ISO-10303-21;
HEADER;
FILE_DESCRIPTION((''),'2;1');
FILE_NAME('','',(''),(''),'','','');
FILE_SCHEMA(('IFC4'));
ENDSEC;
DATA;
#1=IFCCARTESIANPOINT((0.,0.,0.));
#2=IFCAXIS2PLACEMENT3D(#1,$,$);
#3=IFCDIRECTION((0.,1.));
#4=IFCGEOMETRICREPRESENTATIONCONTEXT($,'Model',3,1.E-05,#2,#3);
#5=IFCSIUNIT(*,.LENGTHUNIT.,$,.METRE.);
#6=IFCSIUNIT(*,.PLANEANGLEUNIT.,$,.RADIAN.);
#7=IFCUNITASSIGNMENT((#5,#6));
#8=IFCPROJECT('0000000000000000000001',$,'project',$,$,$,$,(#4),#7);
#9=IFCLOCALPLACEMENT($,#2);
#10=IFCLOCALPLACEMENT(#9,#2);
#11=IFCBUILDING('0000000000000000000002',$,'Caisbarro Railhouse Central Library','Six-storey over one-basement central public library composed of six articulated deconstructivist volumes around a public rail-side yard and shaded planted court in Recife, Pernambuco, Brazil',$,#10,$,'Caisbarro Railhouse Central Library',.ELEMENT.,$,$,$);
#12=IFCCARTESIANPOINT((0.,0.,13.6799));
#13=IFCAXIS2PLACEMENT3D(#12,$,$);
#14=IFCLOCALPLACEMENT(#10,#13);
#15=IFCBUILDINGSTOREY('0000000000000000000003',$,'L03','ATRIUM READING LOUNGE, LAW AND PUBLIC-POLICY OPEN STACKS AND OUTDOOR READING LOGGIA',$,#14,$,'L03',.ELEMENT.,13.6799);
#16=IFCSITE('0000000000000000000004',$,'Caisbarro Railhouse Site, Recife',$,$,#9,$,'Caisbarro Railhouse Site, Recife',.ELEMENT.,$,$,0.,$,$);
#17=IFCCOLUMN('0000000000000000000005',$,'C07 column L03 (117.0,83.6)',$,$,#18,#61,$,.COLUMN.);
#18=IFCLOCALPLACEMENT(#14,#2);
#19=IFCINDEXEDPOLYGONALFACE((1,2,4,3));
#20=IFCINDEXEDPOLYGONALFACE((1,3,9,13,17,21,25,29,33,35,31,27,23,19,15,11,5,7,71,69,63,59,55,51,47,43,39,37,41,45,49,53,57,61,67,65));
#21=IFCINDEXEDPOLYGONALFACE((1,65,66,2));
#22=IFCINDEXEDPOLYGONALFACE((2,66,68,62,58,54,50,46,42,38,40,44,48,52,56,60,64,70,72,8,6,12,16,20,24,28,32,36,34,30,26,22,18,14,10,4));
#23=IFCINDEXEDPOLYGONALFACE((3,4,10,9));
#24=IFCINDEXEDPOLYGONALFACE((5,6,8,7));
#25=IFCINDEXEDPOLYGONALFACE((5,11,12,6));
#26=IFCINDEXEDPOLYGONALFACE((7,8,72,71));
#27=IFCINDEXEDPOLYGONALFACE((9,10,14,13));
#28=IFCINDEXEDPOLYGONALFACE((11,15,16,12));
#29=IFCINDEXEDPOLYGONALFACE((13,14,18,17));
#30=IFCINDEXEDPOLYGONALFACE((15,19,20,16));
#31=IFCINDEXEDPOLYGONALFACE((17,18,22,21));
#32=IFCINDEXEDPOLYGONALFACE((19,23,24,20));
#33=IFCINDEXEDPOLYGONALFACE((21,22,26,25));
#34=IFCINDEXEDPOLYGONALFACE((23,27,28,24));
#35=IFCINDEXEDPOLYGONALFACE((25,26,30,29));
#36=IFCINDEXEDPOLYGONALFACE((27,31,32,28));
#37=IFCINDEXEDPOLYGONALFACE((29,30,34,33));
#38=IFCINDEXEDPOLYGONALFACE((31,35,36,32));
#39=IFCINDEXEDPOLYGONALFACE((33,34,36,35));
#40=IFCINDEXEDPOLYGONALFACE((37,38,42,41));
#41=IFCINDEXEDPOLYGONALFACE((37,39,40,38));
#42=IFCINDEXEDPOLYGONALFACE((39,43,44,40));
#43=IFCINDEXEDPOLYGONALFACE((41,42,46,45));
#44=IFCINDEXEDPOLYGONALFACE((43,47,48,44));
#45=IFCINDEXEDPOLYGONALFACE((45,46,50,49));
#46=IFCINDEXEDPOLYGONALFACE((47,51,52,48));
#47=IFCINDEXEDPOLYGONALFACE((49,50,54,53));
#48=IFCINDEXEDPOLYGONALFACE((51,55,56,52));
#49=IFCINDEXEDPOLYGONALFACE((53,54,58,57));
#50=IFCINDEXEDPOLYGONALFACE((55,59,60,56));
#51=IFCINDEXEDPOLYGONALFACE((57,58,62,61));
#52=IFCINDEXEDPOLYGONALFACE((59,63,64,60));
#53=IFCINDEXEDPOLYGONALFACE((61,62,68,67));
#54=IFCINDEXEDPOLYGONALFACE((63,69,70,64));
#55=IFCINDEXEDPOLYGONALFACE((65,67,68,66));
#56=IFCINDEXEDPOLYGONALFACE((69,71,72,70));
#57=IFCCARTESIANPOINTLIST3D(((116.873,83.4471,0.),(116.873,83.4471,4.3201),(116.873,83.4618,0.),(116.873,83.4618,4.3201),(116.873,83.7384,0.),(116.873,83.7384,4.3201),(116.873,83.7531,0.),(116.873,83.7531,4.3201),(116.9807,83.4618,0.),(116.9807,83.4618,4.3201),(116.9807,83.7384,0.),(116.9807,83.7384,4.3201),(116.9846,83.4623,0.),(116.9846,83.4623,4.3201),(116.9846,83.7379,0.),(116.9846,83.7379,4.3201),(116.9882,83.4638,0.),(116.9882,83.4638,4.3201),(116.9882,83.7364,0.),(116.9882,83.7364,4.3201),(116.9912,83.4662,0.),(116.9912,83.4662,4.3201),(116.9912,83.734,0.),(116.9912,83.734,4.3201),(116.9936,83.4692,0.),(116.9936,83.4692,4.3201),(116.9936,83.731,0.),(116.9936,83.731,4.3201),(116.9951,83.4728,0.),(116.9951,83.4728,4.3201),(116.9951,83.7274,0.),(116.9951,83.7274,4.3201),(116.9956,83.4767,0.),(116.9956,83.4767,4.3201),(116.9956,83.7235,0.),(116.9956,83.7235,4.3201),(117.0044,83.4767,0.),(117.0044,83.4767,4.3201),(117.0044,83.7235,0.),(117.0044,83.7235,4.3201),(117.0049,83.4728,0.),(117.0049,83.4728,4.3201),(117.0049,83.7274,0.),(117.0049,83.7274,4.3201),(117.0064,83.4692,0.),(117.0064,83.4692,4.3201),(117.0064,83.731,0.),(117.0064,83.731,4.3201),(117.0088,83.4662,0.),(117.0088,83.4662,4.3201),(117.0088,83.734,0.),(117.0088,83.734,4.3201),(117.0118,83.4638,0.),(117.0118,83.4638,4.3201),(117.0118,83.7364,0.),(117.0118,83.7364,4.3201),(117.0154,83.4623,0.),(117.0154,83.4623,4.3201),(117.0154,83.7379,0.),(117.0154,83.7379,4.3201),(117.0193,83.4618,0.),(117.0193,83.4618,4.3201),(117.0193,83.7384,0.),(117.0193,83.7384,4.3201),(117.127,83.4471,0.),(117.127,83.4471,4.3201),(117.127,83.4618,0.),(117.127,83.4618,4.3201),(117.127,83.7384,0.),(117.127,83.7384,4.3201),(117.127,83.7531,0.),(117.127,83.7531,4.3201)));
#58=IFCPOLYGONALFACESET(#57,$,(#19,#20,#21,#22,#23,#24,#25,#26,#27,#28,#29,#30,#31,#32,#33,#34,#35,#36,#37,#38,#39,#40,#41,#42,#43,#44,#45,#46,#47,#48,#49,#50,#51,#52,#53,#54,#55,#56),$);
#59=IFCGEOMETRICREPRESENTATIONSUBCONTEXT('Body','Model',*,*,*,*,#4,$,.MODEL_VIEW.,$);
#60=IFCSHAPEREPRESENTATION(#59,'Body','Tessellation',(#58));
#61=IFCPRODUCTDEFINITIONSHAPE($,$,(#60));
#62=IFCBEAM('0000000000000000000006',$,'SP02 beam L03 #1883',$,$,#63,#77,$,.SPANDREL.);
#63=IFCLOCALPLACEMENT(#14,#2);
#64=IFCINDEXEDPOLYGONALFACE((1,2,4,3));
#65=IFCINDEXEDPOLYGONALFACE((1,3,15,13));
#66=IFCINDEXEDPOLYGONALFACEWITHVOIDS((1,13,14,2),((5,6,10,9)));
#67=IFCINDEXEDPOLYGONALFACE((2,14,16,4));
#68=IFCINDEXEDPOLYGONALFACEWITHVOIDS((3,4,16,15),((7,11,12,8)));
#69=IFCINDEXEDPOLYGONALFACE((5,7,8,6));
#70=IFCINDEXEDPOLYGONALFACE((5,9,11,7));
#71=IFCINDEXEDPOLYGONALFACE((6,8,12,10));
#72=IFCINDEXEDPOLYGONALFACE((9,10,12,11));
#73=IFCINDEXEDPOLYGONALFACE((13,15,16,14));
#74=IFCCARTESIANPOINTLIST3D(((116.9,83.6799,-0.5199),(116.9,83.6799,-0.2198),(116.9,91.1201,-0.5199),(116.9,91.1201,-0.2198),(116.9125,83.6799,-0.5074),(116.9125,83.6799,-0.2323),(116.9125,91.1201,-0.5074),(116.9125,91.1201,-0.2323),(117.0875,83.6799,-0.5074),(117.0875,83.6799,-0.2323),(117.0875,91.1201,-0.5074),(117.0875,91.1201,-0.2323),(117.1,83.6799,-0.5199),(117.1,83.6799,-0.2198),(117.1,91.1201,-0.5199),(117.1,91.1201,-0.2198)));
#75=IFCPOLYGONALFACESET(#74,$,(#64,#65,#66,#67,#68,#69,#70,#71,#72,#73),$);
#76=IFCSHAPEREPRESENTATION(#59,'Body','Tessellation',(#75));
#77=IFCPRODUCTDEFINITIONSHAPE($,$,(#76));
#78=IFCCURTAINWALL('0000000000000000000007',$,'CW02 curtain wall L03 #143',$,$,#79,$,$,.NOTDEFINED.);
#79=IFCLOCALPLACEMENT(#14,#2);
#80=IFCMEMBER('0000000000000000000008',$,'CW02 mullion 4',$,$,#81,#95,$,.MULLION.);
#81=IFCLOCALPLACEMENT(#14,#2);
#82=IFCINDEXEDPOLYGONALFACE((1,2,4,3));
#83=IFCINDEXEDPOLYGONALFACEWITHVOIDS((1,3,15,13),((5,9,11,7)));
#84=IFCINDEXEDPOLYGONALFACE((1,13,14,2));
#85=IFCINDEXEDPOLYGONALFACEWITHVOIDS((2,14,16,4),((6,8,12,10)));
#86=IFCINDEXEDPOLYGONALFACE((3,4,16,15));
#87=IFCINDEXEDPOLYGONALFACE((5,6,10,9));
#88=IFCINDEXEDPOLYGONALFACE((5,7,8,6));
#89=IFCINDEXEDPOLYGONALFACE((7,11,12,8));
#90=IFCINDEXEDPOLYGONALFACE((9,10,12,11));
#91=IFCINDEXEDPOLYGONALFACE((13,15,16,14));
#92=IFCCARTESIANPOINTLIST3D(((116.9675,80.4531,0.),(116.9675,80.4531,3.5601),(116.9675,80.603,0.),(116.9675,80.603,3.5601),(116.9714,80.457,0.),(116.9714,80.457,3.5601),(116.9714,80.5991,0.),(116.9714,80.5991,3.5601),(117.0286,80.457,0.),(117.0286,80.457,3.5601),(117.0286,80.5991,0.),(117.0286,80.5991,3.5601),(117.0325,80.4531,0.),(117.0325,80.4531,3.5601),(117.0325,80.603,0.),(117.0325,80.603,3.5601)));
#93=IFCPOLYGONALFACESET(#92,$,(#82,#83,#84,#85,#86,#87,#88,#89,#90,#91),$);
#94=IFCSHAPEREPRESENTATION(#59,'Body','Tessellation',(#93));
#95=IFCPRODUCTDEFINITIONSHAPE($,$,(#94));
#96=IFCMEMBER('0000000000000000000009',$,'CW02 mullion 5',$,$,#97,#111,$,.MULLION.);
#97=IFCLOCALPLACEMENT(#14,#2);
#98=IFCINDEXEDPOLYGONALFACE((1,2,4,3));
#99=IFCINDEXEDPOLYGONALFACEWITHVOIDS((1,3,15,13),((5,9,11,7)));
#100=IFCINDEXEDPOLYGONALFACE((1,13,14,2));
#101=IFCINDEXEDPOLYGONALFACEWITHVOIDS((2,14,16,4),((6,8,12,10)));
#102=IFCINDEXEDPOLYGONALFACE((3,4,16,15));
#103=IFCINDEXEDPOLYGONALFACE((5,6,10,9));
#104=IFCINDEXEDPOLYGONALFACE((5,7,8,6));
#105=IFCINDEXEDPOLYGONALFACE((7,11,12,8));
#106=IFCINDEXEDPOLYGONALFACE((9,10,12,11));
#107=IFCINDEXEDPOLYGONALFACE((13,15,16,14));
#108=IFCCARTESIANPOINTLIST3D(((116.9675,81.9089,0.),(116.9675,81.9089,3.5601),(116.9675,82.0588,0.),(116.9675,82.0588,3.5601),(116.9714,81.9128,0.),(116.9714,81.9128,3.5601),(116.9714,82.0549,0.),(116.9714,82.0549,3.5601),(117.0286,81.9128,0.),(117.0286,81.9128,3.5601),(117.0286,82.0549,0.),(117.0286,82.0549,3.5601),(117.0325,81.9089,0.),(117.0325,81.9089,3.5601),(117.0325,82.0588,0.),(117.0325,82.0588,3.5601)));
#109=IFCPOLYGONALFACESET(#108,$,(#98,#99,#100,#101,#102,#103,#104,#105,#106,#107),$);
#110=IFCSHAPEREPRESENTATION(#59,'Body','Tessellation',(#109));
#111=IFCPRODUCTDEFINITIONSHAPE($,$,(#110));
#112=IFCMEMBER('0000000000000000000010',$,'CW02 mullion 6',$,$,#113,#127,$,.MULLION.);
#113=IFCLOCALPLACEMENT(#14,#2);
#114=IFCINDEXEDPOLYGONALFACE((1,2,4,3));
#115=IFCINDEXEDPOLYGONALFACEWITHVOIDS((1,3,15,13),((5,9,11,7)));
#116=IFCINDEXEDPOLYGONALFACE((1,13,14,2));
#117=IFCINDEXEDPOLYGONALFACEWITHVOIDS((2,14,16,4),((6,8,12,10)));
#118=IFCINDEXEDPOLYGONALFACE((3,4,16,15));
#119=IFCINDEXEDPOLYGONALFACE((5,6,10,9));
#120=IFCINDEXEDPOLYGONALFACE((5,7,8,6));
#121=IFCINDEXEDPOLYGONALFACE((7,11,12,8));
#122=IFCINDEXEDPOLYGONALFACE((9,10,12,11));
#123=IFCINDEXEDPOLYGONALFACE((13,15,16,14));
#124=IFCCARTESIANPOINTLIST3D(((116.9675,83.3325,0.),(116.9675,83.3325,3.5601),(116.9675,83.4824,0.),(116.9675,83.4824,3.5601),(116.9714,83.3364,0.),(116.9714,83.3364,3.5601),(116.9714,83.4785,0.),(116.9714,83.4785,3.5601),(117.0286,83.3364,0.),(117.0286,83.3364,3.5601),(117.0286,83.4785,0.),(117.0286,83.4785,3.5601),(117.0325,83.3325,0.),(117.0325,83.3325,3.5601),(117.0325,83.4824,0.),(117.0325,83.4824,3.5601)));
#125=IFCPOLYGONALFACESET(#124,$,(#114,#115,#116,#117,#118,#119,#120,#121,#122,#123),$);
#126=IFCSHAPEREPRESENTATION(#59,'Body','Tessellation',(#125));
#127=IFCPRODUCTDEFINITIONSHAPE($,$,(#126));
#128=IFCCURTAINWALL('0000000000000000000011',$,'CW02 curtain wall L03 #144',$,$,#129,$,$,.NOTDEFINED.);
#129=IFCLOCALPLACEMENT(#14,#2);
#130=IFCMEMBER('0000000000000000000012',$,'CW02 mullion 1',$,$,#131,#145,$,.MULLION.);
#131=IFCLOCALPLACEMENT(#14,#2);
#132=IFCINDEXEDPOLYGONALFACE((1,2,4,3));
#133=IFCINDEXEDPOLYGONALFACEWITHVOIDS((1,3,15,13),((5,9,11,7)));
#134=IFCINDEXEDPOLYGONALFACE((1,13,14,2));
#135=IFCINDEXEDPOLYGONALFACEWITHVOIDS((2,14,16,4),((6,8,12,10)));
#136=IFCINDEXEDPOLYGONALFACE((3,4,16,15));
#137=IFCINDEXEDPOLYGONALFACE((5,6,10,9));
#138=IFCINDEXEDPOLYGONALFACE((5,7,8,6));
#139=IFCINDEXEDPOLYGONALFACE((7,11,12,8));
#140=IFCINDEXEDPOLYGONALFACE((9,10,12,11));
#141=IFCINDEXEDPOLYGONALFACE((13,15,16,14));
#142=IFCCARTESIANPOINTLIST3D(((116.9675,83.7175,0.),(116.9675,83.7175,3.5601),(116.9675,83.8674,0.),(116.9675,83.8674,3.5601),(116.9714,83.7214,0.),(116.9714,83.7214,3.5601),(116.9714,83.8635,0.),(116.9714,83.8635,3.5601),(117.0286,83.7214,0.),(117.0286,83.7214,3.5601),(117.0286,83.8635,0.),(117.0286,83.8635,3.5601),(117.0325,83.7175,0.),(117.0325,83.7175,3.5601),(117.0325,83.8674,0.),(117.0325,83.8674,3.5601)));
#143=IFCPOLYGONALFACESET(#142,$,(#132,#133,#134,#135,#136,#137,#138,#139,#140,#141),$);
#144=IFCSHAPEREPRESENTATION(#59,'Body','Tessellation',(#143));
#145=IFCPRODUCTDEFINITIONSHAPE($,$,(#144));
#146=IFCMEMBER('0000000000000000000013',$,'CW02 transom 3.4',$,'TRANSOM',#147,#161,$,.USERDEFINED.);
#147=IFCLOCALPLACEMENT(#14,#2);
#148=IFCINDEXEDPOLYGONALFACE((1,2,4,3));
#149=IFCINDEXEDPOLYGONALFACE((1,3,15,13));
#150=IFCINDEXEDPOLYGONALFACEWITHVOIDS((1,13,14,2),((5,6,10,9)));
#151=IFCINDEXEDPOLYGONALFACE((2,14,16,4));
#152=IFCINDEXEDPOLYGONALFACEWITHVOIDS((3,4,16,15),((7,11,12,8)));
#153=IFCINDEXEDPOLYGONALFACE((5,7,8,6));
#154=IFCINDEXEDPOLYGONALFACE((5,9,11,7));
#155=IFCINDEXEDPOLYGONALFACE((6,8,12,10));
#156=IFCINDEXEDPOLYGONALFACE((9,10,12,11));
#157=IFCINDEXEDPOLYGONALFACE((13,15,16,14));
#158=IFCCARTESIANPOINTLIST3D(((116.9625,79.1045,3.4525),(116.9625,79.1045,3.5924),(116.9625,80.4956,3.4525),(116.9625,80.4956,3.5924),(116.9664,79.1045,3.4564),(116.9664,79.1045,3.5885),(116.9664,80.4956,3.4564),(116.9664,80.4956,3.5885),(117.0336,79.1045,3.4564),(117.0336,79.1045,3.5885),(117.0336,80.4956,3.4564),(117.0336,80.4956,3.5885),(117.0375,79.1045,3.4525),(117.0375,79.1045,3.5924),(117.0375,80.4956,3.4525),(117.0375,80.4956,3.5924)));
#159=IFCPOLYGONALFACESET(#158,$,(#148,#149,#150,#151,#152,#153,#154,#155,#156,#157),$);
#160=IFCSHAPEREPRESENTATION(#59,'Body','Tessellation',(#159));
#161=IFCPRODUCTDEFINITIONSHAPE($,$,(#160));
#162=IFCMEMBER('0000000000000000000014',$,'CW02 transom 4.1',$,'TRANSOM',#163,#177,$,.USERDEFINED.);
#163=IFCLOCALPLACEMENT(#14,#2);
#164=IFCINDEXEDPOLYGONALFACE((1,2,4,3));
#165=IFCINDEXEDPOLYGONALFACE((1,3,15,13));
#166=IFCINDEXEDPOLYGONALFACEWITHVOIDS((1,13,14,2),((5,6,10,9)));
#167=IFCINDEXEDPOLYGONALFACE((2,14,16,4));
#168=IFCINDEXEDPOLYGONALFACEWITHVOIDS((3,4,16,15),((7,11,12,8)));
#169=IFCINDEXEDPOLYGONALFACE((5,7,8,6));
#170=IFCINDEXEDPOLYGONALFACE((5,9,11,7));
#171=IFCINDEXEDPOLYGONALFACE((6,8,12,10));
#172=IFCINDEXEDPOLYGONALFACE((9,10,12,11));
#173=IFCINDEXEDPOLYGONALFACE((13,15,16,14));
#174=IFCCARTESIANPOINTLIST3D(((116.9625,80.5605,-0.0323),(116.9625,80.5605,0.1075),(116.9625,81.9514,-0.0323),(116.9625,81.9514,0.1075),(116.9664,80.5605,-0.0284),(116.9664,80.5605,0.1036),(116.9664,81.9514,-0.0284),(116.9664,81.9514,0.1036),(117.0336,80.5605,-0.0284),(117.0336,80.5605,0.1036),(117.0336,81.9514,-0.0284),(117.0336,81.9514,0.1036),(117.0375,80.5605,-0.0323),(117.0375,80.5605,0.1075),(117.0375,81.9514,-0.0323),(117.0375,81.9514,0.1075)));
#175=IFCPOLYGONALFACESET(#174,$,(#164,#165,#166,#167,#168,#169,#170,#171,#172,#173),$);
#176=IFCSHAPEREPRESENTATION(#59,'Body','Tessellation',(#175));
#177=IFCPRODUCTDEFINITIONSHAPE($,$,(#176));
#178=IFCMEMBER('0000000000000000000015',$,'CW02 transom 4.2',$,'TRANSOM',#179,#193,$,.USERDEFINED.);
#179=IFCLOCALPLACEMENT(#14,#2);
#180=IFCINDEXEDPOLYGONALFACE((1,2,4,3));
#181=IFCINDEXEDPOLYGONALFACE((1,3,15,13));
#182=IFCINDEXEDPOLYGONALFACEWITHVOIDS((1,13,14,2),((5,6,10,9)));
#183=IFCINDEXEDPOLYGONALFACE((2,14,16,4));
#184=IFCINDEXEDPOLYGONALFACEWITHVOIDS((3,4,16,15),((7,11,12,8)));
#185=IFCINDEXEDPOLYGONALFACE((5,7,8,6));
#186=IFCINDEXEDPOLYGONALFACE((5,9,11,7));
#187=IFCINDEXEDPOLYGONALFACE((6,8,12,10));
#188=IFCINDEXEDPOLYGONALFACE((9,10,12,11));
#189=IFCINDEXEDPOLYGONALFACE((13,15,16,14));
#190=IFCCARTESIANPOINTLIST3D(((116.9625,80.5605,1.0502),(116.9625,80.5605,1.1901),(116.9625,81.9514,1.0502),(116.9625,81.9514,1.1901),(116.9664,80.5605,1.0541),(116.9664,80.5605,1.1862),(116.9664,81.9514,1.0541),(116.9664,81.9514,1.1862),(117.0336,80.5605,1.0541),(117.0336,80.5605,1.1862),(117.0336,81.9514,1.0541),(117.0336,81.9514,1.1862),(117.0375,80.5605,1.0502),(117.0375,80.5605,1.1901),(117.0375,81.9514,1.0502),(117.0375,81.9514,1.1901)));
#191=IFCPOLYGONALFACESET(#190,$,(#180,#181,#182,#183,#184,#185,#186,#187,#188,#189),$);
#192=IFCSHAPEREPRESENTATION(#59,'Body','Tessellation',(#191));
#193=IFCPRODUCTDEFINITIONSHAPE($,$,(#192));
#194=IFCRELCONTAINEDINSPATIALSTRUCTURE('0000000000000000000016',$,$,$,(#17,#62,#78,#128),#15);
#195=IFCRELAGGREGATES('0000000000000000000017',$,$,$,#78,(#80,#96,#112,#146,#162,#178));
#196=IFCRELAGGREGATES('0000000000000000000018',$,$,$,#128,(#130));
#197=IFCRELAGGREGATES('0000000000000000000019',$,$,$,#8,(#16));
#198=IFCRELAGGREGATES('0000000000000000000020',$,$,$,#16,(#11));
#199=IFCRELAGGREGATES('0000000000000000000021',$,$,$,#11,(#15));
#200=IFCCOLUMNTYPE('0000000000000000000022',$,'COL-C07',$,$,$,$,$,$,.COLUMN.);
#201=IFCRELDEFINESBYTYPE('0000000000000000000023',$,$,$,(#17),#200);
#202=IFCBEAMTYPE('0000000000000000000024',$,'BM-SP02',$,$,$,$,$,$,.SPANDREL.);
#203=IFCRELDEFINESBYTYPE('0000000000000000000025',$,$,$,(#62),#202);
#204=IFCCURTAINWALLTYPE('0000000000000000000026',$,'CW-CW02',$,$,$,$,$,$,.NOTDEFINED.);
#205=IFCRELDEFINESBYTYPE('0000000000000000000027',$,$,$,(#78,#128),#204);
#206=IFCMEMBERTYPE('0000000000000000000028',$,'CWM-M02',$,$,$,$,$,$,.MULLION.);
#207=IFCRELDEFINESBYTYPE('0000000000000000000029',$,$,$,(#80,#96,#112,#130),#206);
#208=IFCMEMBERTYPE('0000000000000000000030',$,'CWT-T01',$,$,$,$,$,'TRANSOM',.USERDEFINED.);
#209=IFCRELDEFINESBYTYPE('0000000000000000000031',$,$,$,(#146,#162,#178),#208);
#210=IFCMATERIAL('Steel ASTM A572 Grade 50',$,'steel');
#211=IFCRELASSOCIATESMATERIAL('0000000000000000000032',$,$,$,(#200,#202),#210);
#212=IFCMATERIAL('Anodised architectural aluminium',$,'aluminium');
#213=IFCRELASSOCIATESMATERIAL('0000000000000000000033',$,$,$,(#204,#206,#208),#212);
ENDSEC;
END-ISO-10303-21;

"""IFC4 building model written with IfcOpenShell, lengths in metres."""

from ifc_helpers import new_model, si_unit, direction, frame, origin, origin_2d, place, context, subcontext, project, spatial, hollow_rectangle, i_section, extrude, material, material_profile, profile_set, type_object, element, aggregate, save


model = new_model("IFC4")

# Units and contexts
model_context = context("Model", 3, precision=1e-05, world=origin(), true_north=direction((0.0, 1.0)))
body_context = subcontext(model_context, "Body", "Model", "MODEL_VIEW")
ifc_project = project(units=[si_unit("LENGTHUNIT", "METRE"), si_unit("PLANEANGLEUNIT", "RADIAN")], contexts=[model_context])

# Site, building, storey
site_placement = place(None, origin())
site = spatial("IfcSite", under=ifc_project, at=site_placement, Name="Caisbarro Railhouse Site, Recife", LongName="Caisbarro Railhouse Site, Recife", CompositionType="ELEMENT", RefElevation=0.0)
building_placement = place(site_placement, origin())
building = spatial("IfcBuilding", under=site, at=building_placement, Name="Caisbarro Railhouse Central Library", Description="Six-storey over one-basement central public library composed of six articulated deconstructivist volumes around a public rail-side yard and shaded planted court in Recife, Pernambuco, Brazil", LongName="Caisbarro Railhouse Central Library", CompositionType="ELEMENT")
storey_placement = place(building_placement, frame((0.0, 0.0, 13.6799)))
storey = spatial("IfcBuildingStorey", under=building, at=storey_placement, Name="L03", Description="ATRIUM READING LOUNGE, LAW AND PUBLIC-POLICY OPEN STACKS AND OUTDOOR READING LOGGIA", LongName="L03", CompositionType="ELEMENT", Elevation=13.6799)

# Column
ifc_material_1 = material(Name="Steel ASTM A572 Grade 50", Category="steel")
ifc_material_profile_1 = material_profile(ifc_material_1, i_section(OverallWidth=0.2539, OverallDepth=0.3059, WebThickness=0.0088, FlangeThickness=0.0146, FilletRadius=0.0149, at=origin_2d()), Name="W310X79.0")
ifc_profile_set_1 = profile_set([ifc_material_profile_1], Name="Steel ASTM A572 Grade 50")
column_type = type_object("IfcColumnType", Name="COL-C07", PredefinedType="COLUMN", material=ifc_profile_set_1)
column_placement = place(storey_placement, frame((117.0, 83.6001, 0.0), z_axis=(0.0, 0.0, 1.0), x_axis=(1.0, 0.0, 0.0)))
element("IfcColumn", 1, at=column_placement, inside=storey, type_object=column_type, Name="C07 column L03 (117.0,83.6)", PredefinedType="COLUMN", context=body_context, shape_type="SweptSolid", body=[
    extrude(i_section(OverallWidth=0.2539, OverallDepth=0.3059, WebThickness=0.0088, FlangeThickness=0.0146, FilletRadius=0.0149, at=origin_2d()), origin(), (0.0, 0.0, 1.0), 4.3201),
])

# Beam
ifc_material_profile_2 = material_profile(ifc_material_1, hollow_rectangle(XDim=0.2, YDim=0.3, WallThickness=0.0125, at=origin_2d()), Name="HSS300X200X12.5")
ifc_profile_set_2 = profile_set([ifc_material_profile_2], Name="Steel ASTM A572 Grade 50")
beam_type = type_object("IfcBeamType", Name="BM-SP02", PredefinedType="SPANDREL", material=ifc_profile_set_2)
beam_placement = place(storey_placement, frame((117.0, 83.6799, -0.3699), z_axis=(0.0, 1.0, 0.0), x_axis=(-1.0, 0.0, 0.0)))
element("IfcBeam", 2, at=beam_placement, inside=storey, type_object=beam_type, Name="SP02 beam L03 #1883", PredefinedType="SPANDREL", context=body_context, shape_type="SweptSolid", body=[
    extrude(hollow_rectangle(XDim=0.2, YDim=0.3, WallThickness=0.0125, at=origin_2d()), origin(), (0.0, 0.0, 1.0), 7.4402),
])

# Curtain wall, members
ifc_material_2 = material(Name="Anodised architectural aluminium", Category="aluminium")
curtain_wall_type = type_object("IfcCurtainWallType", Name="CW-CW02", PredefinedType="NOTDEFINED", material=ifc_material_2)
curtain_wall_1_placement = place(storey_placement, origin())
curtain_wall_1 = element("IfcCurtainWall", 3, at=curtain_wall_1_placement, inside=storey, type_object=curtain_wall_type, Name="CW02 curtain wall L03 #143", PredefinedType="NOTDEFINED")
ifc_material_profile_3 = material_profile(ifc_material_2, hollow_rectangle(XDim=0.0649, YDim=0.1499, WallThickness=0.0039, at=origin_2d()), Name="ALU-MUL-65X150")
ifc_profile_set_3 = profile_set([ifc_material_profile_3], Name="Anodised architectural aluminium")
member_type_1 = type_object("IfcMemberType", Name="CWM-M02", PredefinedType="MULLION", material=ifc_profile_set_3)
member_1_placement = place(storey_placement, frame((117.0, 80.5281, 0.0), z_axis=(0.0, 0.0, 1.0), x_axis=(-1.0, 0.0, 0.0)))
member_1 = element("IfcMember", 4, at=member_1_placement, type_object=member_type_1, Name="CW02 mullion 4", PredefinedType="MULLION", context=body_context, shape_type="SweptSolid", body=[
    extrude(hollow_rectangle(XDim=0.0649, YDim=0.1499, WallThickness=0.0039, at=origin_2d()), origin(), (0.0, 0.0, 1.0), 3.5601),
])
member_2_placement = place(storey_placement, frame((117.0, 81.9839, 0.0), z_axis=(0.0, 0.0, 1.0), x_axis=(-1.0, 0.0, 0.0)))
member_2 = element("IfcMember", 5, at=member_2_placement, type_object=member_type_1, Name="CW02 mullion 5", PredefinedType="MULLION", context=body_context, shape_type="SweptSolid", body=[
    extrude(hollow_rectangle(XDim=0.0649, YDim=0.1499, WallThickness=0.0039, at=origin_2d()), origin(), (0.0, 0.0, 1.0), 3.5601),
])
member_3_placement = place(storey_placement, frame((117.0, 83.4075, 0.0), z_axis=(0.0, 0.0, 1.0), x_axis=(-1.0, 0.0, 0.0)))
member_3 = element("IfcMember", 6, at=member_3_placement, type_object=member_type_1, Name="CW02 mullion 6", PredefinedType="MULLION", context=body_context, shape_type="SweptSolid", body=[
    extrude(hollow_rectangle(XDim=0.0649, YDim=0.1499, WallThickness=0.0039, at=origin_2d()), origin(), (0.0, 0.0, 1.0), 3.5601),
])

# Curtain wall, member
curtain_wall_2_placement = place(storey_placement, origin())
curtain_wall_2 = element("IfcCurtainWall", 7, at=curtain_wall_2_placement, inside=storey, type_object=curtain_wall_type, Name="CW02 curtain wall L03 #144", PredefinedType="NOTDEFINED")
member_4_placement = place(storey_placement, frame((117.0, 83.7925, 0.0), z_axis=(0.0, 0.0, 1.0), x_axis=(-1.0, 0.0, 0.0)))
member_4 = element("IfcMember", 8, at=member_4_placement, type_object=member_type_1, Name="CW02 mullion 1", PredefinedType="MULLION", context=body_context, shape_type="SweptSolid", body=[
    extrude(hollow_rectangle(XDim=0.0649, YDim=0.1499, WallThickness=0.0039, at=origin_2d()), origin(), (0.0, 0.0, 1.0), 3.5601),
])

# Members
ifc_material_profile_4 = material_profile(ifc_material_2, hollow_rectangle(XDim=0.075, YDim=0.1399, WallThickness=0.0039, at=origin_2d()), Name="ALU-TRN-75X140")
ifc_profile_set_4 = profile_set([ifc_material_profile_4], Name="Anodised architectural aluminium")
member_type_2 = type_object("IfcMemberType", Name="CWT-T01", ElementType="TRANSOM", PredefinedType="USERDEFINED", material=ifc_profile_set_4)
member_5_placement = place(storey_placement, frame((117.0, 79.1045, 3.5225), z_axis=(0.0, 1.0, 0.0), x_axis=(-1.0, 0.0, 0.0)))
member_5 = element("IfcMember", 9, at=member_5_placement, type_object=member_type_2, Name="CW02 transom 3.4", ObjectType="TRANSOM", PredefinedType="USERDEFINED", context=body_context, shape_type="SweptSolid", body=[
    extrude(hollow_rectangle(XDim=0.075, YDim=0.1399, WallThickness=0.0039, at=origin_2d()), origin(), (0.0, 0.0, 1.0), 1.3911),
])
member_6_placement = place(storey_placement, frame((117.0, 80.5605, 0.0376), z_axis=(0.0, 1.0, 0.0), x_axis=(-1.0, 0.0, 0.0)))
member_6 = element("IfcMember", 10, at=member_6_placement, type_object=member_type_2, Name="CW02 transom 4.1", ObjectType="TRANSOM", PredefinedType="USERDEFINED", context=body_context, shape_type="SweptSolid", body=[
    extrude(hollow_rectangle(XDim=0.075, YDim=0.1399, WallThickness=0.0039, at=origin_2d()), origin(), (0.0, 0.0, 1.0), 1.3909),
])
member_7_placement = place(storey_placement, frame((117.0, 80.5605, 1.1201), z_axis=(0.0, 1.0, 0.0), x_axis=(-1.0, 0.0, 0.0)))
member_7 = element("IfcMember", 11, at=member_7_placement, type_object=member_type_2, Name="CW02 transom 4.2", ObjectType="TRANSOM", PredefinedType="USERDEFINED", context=body_context, shape_type="SweptSolid", body=[
    extrude(hollow_rectangle(XDim=0.075, YDim=0.1399, WallThickness=0.0039, at=origin_2d()), origin(), (0.0, 0.0, 1.0), 1.3909),
])

aggregate(curtain_wall_1, [member_1, member_2, member_3, member_5, member_6, member_7])
aggregate(curtain_wall_2, [member_4])

save(model, "model.ifc")
